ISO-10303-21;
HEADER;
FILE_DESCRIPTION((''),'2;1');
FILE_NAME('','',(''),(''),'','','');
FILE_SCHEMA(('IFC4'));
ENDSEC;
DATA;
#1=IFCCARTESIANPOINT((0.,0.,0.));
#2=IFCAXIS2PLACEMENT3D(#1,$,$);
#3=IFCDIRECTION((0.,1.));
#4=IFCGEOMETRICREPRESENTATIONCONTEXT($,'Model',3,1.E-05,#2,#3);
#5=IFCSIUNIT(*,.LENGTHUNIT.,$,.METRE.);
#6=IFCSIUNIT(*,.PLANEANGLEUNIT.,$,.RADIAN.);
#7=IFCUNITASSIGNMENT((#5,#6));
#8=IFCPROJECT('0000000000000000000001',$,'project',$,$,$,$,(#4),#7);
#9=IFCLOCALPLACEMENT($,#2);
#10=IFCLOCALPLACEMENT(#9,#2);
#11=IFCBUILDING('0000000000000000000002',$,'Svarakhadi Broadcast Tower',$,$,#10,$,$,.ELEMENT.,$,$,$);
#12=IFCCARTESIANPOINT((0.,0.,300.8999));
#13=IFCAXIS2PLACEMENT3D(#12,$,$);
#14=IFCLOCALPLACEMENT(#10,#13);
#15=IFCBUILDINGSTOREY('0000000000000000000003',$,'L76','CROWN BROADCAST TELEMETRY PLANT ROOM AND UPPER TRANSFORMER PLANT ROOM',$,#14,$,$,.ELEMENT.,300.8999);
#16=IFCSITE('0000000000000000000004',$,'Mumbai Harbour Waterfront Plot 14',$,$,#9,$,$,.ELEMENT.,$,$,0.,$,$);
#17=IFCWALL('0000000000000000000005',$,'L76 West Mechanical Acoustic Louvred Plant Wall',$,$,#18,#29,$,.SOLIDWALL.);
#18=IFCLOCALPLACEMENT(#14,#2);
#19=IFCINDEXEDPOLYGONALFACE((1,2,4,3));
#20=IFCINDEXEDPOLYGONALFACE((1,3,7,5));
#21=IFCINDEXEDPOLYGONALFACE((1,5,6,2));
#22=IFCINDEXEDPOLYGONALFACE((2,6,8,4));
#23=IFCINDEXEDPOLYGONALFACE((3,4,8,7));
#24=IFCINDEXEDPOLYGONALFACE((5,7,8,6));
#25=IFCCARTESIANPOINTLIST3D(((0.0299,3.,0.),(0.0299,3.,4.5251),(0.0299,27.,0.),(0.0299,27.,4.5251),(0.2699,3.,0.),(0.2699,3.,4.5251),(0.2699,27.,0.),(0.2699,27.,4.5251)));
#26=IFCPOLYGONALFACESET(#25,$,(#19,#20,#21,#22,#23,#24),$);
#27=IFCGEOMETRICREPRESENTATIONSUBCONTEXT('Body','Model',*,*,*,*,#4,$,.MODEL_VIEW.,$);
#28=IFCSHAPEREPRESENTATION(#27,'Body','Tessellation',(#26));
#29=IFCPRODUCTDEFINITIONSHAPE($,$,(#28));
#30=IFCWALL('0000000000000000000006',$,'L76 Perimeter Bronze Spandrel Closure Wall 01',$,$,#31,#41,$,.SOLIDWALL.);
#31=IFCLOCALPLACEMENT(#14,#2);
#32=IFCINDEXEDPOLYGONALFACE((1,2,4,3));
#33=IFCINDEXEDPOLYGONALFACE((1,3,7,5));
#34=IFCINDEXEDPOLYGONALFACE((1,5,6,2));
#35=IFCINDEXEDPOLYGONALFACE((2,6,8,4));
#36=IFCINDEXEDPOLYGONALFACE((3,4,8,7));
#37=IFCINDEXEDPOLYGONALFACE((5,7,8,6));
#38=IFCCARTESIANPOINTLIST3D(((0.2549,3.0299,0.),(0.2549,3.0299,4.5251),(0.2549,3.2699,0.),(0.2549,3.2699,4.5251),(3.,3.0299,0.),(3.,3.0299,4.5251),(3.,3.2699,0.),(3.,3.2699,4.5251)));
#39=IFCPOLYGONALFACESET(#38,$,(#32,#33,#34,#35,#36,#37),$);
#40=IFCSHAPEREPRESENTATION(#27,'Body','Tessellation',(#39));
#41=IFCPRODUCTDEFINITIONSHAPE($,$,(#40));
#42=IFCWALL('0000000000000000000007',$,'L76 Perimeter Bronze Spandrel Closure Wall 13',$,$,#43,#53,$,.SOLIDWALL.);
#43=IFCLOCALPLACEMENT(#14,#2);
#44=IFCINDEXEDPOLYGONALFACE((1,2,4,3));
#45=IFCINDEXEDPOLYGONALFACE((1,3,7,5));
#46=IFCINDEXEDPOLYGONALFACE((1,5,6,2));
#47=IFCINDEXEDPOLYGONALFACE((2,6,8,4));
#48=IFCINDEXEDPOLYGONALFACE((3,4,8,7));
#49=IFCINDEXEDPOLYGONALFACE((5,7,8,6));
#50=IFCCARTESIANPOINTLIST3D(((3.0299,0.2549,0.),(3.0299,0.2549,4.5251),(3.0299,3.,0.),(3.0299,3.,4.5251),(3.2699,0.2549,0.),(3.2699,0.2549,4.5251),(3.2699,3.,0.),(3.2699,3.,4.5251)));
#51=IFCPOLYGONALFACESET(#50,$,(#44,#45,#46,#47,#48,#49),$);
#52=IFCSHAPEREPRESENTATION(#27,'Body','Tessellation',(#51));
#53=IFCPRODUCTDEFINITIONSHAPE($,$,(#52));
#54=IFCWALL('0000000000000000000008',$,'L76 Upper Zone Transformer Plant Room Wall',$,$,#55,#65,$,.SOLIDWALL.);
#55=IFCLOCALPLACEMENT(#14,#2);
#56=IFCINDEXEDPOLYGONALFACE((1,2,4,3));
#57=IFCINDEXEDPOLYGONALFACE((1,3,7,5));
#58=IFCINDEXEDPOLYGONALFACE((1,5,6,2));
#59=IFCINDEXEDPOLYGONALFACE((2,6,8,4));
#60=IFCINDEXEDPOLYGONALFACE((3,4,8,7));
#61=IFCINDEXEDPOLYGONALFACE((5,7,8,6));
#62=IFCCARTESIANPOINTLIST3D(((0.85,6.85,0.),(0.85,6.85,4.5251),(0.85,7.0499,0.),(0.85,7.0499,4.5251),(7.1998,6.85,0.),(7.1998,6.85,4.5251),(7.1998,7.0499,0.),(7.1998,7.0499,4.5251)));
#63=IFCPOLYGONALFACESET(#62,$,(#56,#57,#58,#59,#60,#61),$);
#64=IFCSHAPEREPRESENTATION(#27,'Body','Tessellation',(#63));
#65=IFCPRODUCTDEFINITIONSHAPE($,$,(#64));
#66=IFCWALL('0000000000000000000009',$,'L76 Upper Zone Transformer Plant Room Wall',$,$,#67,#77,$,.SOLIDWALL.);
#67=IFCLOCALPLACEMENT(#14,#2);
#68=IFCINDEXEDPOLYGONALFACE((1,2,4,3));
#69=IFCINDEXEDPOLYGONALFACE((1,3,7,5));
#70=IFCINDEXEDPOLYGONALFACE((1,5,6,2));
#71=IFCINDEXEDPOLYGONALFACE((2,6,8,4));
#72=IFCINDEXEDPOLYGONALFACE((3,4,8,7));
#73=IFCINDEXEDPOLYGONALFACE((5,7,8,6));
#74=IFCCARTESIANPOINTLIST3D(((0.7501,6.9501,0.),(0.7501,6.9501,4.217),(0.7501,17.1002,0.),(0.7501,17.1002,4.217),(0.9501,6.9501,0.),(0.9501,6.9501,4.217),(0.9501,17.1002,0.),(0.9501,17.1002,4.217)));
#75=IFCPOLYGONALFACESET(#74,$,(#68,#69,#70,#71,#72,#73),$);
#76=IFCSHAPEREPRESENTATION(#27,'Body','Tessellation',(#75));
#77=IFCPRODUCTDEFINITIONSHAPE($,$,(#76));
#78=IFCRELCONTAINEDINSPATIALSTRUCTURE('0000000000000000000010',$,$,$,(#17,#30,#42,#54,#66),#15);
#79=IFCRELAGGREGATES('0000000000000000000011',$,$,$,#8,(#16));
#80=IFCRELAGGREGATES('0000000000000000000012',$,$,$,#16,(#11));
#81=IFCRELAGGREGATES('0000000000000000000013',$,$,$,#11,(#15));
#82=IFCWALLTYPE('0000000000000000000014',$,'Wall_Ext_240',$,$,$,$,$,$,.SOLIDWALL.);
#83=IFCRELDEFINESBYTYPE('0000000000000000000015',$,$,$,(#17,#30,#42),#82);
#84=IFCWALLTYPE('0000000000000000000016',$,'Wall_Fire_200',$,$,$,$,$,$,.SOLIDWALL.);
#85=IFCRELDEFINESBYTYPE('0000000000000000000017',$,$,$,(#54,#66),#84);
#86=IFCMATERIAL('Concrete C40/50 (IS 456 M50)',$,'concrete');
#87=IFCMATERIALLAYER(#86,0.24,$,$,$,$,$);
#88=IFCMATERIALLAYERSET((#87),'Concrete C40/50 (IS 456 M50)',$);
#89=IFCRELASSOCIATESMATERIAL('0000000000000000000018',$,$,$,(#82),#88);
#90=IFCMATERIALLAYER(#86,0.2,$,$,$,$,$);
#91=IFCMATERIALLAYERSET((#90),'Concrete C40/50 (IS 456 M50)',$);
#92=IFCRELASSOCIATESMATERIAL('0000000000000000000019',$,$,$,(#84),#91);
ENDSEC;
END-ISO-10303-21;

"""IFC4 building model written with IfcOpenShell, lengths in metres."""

from ifc_helpers import new_model, si_unit, direction, frame, frame_2d, origin, place, context, subcontext, project, spatial, rectangle, extrude, material, layer, layer_set, type_object, element, save


model = new_model("IFC4")

# Units and contexts
model_context = context("Model", 3, precision=1e-05, world=origin(), true_north=direction((0.0, 1.0)))
body_context = subcontext(model_context, "Body", "Model", "MODEL_VIEW")
ifc_project = project(units=[si_unit("LENGTHUNIT", "METRE"), si_unit("PLANEANGLEUNIT", "RADIAN")], contexts=[model_context])

# Site, building, storey
site_placement = place(None, origin())
site = spatial("IfcSite", under=ifc_project, at=site_placement, Name="Mumbai Harbour Waterfront Plot 14", CompositionType="ELEMENT", RefElevation=0.0)
building_placement = place(site_placement, origin())
building = spatial("IfcBuilding", under=site, at=building_placement, Name="Svarakhadi Broadcast Tower", CompositionType="ELEMENT")
storey_placement = place(building_placement, frame((0.0, 0.0, 300.8999)))
storey = spatial("IfcBuildingStorey", under=building, at=storey_placement, Name="L76", Description="CROWN BROADCAST TELEMETRY PLANT ROOM AND UPPER TRANSFORMER PLANT ROOM", CompositionType="ELEMENT", Elevation=300.8999)

# Shared definitions
ifc_material_1 = material(Name="Concrete C40/50 (IS 456 M50)", Category="concrete")

# Walls
ifc_layer_1 = layer(ifc_material_1, 0.24)
ifc_layer_set_1 = layer_set([ifc_layer_1], Name="Concrete C40/50 (IS 456 M50)")
wall_type_1 = type_object("IfcWallType", Name="Wall_Ext_240", PredefinedType="SOLIDWALL", material=ifc_layer_set_1)
wall_1_placement = place(storey_placement, frame((0.1499, 3.0, 0.0), z_axis=(0.0, 0.0, 1.0), x_axis=(0.0, 1.0, 0.0)))
element("IfcWall", 1, at=wall_1_placement, inside=storey, type_object=wall_type_1, Name="L76 West Mechanical Acoustic Louvred Plant Wall", PredefinedType="SOLIDWALL", context=body_context, shape_type="SweptSolid", body=[
    extrude(rectangle(XDim=24.0, YDim=0.24, at=frame_2d((12.0, 0.0))), origin(), (0.0, 0.0, 1.0), 4.5251),
])
for number, where, z_axis, x_axis, name in (
    (2, (3.0, 3.1499, 0.0), (0.0, 0.0, 1.0), (-1.0, 0.0, 0.0), "L76 Perimeter Bronze Spandrel Closure Wall 01"),
    (3, (3.1499, 0.2549, 0.0), (0.0, 0.0, 1.0), (0.0, 1.0, 0.0), "L76 Perimeter Bronze Spandrel Closure Wall 13"),
):
    element("IfcWall", number, at=place(storey_placement, frame(where, z_axis=z_axis, x_axis=x_axis)), inside=storey, type_object=wall_type_1, Name=name, PredefinedType="SOLIDWALL", context=body_context, shape_type="SweptSolid", body=[
        extrude(rectangle(XDim=2.7451, YDim=0.24, at=frame_2d((1.3726, 0.0))), origin(), (0.0, 0.0, 1.0), 4.5251),
    ])
ifc_layer_2 = layer(ifc_material_1, 0.2)
ifc_layer_set_2 = layer_set([ifc_layer_2], Name="Concrete C40/50 (IS 456 M50)")
wall_type_2 = type_object("IfcWallType", Name="Wall_Fire_200", PredefinedType="SOLIDWALL", material=ifc_layer_set_2)
wall_2_placement = place(storey_placement, frame((0.8501, 6.95, 0.0), z_axis=(0.0, 0.0, 1.0), x_axis=(1.0, 0.0, 0.0)))
element("IfcWall", 4, at=wall_2_placement, inside=storey, type_object=wall_type_2, Name="L76 Upper Zone Transformer Plant Room Wall", PredefinedType="SOLIDWALL", context=body_context, shape_type="SweptSolid", body=[
    extrude(rectangle(XDim=6.3499, YDim=0.2, at=frame_2d((3.1748, 0.0))), origin(), (0.0, 0.0, 1.0), 4.5251),
])
wall_3_placement = place(storey_placement, frame((0.8501, 6.95, 0.0), z_axis=(0.0, 0.0, 1.0), x_axis=(0.0, 1.0, 0.0)))
element("IfcWall", 5, at=wall_3_placement, inside=storey, type_object=wall_type_2, Name="L76 Upper Zone Transformer Plant Room Wall", PredefinedType="SOLIDWALL", context=body_context, shape_type="SweptSolid", body=[
    extrude(rectangle(XDim=10.1501, YDim=0.2, at=frame_2d((5.0752, 0.0))), origin(), (0.0, 0.0, 1.0), 4.217),
])

save(model, "model.ifc")
